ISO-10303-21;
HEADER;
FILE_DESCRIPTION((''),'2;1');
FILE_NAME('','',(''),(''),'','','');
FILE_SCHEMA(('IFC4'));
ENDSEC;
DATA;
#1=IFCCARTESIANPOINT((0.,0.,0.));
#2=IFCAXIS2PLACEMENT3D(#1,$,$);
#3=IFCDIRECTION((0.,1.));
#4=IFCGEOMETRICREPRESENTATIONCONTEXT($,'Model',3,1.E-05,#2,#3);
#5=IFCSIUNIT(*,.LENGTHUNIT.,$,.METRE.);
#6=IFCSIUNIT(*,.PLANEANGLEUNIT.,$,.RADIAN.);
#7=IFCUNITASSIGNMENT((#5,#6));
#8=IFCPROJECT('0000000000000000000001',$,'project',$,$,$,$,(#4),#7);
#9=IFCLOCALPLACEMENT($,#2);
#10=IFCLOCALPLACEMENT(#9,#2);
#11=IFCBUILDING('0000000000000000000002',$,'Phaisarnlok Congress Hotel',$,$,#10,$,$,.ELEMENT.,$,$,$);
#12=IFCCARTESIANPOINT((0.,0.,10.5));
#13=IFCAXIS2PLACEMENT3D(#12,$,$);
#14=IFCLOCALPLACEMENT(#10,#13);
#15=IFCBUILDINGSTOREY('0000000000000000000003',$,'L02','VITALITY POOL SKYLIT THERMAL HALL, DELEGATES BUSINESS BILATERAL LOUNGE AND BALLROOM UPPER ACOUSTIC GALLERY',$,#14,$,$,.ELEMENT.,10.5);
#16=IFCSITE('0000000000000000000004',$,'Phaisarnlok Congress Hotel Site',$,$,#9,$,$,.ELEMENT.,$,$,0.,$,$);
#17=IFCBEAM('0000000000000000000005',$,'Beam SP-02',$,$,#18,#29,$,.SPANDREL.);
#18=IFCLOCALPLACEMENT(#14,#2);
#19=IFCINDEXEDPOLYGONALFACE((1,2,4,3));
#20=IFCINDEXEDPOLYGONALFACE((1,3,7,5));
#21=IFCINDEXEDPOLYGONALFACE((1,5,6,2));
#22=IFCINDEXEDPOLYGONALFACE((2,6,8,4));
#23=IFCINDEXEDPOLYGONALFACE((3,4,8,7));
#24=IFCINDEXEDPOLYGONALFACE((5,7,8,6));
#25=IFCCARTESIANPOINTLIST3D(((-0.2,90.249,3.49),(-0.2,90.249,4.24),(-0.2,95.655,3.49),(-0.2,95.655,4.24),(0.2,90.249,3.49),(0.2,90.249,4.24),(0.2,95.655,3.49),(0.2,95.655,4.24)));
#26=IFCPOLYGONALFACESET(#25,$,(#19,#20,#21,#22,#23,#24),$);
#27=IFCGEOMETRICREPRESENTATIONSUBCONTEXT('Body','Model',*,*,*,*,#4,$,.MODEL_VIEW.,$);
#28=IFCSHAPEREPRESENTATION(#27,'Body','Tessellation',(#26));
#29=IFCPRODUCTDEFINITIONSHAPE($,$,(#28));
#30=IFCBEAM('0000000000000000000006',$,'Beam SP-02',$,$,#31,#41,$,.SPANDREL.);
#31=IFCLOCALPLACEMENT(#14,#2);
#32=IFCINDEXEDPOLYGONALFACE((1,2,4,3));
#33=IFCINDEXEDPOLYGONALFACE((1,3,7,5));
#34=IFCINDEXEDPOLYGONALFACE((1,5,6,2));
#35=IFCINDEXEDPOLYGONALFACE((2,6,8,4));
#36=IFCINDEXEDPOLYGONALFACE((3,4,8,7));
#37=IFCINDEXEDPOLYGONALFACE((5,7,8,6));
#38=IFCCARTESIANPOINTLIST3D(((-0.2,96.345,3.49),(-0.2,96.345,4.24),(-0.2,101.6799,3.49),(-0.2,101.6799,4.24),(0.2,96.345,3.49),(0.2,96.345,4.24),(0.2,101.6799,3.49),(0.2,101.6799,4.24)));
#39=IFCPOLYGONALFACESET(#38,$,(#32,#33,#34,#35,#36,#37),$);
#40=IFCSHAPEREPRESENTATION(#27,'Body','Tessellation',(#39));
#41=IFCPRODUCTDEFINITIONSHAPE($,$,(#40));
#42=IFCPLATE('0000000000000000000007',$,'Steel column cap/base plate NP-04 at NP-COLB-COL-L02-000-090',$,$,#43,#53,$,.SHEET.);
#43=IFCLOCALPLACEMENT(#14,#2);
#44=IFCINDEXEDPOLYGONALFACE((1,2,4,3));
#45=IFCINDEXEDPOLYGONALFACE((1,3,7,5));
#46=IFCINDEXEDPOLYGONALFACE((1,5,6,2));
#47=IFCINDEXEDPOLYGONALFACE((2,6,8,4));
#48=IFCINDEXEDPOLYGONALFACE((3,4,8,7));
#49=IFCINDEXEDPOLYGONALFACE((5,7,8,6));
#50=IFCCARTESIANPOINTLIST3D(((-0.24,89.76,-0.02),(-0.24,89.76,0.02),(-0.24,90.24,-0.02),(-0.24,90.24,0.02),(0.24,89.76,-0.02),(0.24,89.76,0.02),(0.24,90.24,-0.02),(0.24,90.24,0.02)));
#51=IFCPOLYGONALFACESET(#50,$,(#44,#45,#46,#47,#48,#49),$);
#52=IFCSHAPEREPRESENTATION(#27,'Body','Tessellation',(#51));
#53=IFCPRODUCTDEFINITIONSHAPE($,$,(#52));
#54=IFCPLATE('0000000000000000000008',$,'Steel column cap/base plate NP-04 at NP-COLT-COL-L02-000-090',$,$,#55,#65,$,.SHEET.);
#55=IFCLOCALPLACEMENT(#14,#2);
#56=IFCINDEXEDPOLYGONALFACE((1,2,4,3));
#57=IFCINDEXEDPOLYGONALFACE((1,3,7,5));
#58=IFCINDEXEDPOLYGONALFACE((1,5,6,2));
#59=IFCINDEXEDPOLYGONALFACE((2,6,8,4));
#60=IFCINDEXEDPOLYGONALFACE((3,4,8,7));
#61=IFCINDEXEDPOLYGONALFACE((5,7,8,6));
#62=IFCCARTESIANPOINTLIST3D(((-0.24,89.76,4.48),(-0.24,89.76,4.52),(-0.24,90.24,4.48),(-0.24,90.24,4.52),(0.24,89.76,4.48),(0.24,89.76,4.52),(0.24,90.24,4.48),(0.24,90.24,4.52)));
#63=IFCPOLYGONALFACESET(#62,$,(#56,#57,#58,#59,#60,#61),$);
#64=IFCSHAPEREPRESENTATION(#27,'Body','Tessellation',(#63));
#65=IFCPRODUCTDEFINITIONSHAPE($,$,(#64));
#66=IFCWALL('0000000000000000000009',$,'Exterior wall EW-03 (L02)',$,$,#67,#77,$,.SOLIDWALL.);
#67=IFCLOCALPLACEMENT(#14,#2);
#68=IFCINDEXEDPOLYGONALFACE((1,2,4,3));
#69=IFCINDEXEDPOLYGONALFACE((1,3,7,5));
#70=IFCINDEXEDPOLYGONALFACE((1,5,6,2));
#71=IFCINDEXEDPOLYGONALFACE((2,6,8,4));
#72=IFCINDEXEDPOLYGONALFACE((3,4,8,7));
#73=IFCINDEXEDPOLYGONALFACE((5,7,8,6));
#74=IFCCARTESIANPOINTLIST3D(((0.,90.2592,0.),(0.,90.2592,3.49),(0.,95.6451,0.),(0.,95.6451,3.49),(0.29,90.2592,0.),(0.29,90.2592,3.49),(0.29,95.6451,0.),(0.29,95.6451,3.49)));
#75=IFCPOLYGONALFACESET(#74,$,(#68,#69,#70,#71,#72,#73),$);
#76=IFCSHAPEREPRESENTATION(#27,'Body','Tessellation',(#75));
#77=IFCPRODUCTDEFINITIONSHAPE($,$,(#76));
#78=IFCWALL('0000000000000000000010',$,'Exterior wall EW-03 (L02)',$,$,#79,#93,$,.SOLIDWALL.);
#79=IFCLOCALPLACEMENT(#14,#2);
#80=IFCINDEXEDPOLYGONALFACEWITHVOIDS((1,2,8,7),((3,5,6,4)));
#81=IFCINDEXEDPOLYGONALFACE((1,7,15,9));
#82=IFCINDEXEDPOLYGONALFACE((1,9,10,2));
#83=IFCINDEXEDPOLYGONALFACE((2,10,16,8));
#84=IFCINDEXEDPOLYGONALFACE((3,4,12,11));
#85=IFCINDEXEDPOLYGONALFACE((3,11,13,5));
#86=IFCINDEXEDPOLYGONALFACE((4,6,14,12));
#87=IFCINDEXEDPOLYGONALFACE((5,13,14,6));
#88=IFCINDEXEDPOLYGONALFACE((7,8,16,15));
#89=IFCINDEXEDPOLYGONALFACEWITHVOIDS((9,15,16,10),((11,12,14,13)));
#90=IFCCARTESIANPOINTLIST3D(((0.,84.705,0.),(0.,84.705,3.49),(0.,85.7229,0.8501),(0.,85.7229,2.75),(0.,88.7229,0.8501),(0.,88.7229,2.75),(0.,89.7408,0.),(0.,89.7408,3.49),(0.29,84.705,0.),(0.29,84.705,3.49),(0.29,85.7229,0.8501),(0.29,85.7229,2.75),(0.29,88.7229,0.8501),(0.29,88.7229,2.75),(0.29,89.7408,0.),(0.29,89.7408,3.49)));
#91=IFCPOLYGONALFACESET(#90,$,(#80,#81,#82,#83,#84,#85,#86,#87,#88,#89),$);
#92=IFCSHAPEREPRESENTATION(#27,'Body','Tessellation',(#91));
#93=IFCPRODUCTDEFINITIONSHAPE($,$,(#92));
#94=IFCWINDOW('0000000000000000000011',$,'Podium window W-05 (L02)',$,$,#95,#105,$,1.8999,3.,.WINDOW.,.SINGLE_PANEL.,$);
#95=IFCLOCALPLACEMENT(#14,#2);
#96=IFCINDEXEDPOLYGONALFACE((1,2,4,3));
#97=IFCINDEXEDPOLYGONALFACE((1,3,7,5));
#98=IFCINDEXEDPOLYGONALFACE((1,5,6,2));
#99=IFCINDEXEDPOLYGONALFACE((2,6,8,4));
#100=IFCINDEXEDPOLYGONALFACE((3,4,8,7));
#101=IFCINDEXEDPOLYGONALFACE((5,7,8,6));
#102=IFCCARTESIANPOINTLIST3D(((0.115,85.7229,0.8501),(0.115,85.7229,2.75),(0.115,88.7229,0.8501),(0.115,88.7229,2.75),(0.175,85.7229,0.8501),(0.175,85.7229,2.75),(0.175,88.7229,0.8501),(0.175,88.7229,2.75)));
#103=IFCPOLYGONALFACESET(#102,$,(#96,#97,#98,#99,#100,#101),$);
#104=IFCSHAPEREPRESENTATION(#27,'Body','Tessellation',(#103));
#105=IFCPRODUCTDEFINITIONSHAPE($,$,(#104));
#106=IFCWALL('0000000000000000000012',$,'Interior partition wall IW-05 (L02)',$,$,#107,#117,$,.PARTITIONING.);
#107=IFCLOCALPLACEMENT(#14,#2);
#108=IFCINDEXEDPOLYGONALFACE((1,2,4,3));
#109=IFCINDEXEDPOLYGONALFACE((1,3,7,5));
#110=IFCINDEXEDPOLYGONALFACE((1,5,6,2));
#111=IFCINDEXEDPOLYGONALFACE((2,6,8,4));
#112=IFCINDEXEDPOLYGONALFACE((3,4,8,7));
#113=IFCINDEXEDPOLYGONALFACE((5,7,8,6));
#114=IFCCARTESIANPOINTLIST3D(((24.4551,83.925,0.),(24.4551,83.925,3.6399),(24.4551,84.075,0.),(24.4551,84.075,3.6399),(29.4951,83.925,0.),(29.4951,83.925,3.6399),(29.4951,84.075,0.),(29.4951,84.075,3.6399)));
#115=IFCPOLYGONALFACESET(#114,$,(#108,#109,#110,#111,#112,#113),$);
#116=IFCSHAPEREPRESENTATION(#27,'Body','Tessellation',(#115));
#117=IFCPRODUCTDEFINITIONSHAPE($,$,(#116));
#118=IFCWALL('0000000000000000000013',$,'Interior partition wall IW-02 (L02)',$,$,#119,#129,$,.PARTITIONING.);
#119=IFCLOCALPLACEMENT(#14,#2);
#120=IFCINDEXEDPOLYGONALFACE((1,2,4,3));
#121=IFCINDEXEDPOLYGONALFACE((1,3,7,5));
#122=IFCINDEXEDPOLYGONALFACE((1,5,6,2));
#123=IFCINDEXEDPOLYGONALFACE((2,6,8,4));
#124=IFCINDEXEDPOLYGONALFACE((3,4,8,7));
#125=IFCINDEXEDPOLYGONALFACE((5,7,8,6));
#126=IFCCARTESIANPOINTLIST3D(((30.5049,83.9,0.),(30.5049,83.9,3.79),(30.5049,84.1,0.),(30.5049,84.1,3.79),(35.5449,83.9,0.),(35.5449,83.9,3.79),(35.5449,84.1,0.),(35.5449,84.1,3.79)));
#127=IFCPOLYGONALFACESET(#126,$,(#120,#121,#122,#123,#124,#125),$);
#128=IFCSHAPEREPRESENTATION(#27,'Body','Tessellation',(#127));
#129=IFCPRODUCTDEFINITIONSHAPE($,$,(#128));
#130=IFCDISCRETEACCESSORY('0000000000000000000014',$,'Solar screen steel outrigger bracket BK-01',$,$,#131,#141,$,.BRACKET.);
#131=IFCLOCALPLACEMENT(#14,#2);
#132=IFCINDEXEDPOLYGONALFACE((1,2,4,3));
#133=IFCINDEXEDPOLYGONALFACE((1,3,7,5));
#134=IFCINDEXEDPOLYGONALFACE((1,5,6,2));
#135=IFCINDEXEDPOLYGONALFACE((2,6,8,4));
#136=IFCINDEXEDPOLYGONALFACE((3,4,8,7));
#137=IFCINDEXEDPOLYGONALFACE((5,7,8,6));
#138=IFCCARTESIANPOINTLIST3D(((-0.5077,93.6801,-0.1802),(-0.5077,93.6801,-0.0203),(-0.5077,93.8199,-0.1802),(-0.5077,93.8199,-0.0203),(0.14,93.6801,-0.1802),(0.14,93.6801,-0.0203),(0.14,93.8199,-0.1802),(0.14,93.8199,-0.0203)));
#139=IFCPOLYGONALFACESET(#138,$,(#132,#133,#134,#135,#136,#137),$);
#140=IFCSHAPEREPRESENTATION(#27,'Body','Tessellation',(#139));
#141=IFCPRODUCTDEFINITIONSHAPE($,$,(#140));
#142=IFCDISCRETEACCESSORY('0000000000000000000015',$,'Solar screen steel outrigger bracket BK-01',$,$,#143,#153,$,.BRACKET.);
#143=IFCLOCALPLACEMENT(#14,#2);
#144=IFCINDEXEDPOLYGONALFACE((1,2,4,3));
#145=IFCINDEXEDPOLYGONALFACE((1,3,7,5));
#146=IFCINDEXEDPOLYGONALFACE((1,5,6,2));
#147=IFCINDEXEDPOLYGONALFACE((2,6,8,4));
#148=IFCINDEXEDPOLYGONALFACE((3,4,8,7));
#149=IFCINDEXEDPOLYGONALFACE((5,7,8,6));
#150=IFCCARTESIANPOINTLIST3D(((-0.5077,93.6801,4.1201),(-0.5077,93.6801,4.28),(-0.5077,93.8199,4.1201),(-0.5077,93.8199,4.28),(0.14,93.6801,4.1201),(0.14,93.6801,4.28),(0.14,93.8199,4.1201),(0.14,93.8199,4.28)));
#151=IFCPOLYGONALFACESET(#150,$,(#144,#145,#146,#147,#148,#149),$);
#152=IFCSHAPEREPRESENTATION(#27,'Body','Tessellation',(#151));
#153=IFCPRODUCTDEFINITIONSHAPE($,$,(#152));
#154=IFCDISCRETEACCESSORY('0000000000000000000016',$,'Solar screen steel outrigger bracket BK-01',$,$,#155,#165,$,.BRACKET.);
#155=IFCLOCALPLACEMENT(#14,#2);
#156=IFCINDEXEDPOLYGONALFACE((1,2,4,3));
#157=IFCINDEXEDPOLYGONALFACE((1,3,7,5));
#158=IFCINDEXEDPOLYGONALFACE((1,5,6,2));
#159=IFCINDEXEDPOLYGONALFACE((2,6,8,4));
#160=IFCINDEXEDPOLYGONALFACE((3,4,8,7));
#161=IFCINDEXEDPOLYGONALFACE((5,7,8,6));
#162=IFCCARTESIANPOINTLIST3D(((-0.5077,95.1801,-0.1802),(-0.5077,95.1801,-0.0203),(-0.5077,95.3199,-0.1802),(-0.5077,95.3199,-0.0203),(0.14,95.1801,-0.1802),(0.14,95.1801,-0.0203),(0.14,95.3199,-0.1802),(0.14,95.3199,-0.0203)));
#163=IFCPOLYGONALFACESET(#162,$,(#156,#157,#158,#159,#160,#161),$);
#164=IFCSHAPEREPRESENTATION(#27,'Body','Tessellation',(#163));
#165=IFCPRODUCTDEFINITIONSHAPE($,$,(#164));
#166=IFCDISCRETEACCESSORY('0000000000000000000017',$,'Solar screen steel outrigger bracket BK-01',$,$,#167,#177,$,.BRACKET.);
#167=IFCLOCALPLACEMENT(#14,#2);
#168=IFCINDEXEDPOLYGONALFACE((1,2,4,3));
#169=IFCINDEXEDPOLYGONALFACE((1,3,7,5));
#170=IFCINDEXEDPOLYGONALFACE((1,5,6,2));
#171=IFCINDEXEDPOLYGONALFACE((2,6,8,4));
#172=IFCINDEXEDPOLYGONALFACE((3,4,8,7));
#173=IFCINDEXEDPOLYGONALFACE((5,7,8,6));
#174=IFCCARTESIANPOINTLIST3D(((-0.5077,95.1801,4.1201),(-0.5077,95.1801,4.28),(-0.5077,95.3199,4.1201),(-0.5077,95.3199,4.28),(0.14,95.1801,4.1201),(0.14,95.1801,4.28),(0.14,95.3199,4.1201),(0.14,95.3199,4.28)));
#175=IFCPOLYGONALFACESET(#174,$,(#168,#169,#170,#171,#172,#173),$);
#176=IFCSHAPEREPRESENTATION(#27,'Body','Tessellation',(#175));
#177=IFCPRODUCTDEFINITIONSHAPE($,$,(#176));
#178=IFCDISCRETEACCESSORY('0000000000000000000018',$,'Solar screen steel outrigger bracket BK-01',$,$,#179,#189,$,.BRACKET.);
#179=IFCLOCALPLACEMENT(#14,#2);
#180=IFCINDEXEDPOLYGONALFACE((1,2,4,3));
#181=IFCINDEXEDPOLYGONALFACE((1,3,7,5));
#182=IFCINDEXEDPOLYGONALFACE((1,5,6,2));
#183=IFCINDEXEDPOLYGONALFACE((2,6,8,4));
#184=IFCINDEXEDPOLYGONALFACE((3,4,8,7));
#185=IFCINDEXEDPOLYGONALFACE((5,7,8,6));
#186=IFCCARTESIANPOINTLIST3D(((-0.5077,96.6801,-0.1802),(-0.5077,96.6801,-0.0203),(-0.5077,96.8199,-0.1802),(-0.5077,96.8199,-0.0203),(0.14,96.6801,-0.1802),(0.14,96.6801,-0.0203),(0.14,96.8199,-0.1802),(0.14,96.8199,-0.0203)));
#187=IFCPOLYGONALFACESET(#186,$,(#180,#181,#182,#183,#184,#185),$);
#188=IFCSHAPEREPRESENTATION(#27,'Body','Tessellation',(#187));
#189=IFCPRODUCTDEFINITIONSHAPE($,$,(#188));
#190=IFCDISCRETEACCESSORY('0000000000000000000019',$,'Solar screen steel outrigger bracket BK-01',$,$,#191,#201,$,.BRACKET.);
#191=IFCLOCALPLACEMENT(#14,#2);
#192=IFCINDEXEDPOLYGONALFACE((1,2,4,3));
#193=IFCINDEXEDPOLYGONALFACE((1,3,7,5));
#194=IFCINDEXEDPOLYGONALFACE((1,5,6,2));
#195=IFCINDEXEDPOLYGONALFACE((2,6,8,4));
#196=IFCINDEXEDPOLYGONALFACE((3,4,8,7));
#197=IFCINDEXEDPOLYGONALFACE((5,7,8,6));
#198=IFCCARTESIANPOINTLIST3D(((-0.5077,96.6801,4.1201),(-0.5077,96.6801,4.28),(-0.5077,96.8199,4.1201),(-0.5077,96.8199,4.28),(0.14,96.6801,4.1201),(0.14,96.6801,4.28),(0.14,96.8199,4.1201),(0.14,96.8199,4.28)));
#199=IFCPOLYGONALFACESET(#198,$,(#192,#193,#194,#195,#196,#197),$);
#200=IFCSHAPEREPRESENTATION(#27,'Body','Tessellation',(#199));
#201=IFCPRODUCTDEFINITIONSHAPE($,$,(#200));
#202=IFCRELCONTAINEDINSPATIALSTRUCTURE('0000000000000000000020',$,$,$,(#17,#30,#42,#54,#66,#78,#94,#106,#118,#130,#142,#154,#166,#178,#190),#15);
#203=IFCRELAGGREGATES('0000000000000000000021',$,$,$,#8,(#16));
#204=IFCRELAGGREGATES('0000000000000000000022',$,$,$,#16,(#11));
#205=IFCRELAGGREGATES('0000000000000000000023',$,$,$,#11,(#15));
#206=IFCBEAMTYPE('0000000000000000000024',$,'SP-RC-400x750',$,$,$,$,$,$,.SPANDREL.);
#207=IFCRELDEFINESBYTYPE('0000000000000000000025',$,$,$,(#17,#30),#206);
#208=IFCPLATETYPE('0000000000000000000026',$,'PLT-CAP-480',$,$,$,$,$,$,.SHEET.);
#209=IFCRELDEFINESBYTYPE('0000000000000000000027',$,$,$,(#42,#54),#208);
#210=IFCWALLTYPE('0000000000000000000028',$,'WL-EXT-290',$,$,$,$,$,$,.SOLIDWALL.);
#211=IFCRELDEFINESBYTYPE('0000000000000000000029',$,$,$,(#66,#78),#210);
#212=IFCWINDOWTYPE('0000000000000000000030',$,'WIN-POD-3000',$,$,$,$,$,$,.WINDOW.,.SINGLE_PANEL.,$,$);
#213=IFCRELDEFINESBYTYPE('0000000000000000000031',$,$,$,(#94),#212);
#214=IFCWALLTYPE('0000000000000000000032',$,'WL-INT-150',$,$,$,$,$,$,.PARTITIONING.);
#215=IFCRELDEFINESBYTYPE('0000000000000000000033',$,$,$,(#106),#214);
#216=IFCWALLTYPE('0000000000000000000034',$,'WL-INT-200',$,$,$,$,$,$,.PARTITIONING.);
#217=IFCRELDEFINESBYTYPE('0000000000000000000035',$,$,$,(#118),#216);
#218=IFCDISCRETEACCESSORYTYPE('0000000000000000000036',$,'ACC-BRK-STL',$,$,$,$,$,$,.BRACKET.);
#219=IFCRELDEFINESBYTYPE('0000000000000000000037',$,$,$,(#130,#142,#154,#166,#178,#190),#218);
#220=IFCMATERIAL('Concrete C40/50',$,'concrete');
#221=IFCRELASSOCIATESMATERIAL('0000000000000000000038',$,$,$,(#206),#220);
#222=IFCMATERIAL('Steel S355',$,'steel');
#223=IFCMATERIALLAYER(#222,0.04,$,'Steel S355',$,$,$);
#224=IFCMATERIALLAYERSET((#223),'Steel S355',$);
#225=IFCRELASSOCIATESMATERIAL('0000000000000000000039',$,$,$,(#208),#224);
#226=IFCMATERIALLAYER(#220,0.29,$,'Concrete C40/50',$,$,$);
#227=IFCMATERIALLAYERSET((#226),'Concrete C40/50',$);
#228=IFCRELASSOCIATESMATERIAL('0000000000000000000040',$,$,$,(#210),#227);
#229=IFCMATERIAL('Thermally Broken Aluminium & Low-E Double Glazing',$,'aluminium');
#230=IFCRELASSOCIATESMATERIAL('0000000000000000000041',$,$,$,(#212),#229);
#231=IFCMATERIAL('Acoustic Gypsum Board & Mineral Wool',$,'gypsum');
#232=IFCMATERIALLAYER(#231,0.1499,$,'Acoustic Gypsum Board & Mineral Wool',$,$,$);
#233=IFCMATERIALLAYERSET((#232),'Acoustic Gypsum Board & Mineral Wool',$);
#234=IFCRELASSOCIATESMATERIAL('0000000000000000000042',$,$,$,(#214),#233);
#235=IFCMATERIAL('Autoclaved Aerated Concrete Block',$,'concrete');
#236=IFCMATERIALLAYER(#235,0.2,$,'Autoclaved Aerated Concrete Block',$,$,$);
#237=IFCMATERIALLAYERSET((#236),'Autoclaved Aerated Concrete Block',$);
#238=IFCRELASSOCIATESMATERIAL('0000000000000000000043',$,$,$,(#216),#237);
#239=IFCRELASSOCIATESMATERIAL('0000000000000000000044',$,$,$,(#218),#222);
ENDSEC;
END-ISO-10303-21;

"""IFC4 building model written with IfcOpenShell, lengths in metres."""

from ifc_helpers import new_model, si_unit, direction, frame, frame_2d, origin, origin_2d, place, context, subcontext, project, spatial, rectangle, extrude, material, layer, layer_set, material_profile, profile_set, type_object, element, fill, save


model = new_model("IFC4")

# Units and contexts
model_context = context("Model", 3, precision=1e-05, world=origin(), true_north=direction((0.0, 1.0)))
body_context = subcontext(model_context, "Body", "Model", "MODEL_VIEW")
ifc_project = project(units=[si_unit("LENGTHUNIT", "METRE"), si_unit("PLANEANGLEUNIT", "RADIAN")], contexts=[model_context])

# Site, building, storey
site_placement = place(None, origin())
site = spatial("IfcSite", under=ifc_project, at=site_placement, Name="Phaisarnlok Congress Hotel Site", CompositionType="ELEMENT", RefElevation=0.0)
building_placement = place(site_placement, origin())
building = spatial("IfcBuilding", under=site, at=building_placement, Name="Phaisarnlok Congress Hotel", CompositionType="ELEMENT")
storey_placement = place(building_placement, frame((0.0, 0.0, 10.5)))
storey = spatial("IfcBuildingStorey", under=building, at=storey_placement, Name="L02", Description="VITALITY POOL SKYLIT THERMAL HALL, DELEGATES BUSINESS BILATERAL LOUNGE AND BALLROOM UPPER ACOUSTIC GALLERY", CompositionType="ELEMENT", Elevation=10.5)

# Shared definitions
ifc_material_1 = material(Name="Steel S355", Category="steel")

# Beams
ifc_material_2 = material(Name="Concrete C40/50", Category="concrete")
ifc_material_profile_1 = material_profile(ifc_material_2, rectangle(XDim=0.3999, YDim=0.75, at=origin_2d()), Name="RC 400x750")
ifc_profile_set_1 = profile_set([ifc_material_profile_1], Name="Concrete C40/50")
beam_type_1 = type_object("IfcBeamType", Name="SP-RC-400x750", PredefinedType="SPANDREL", material=ifc_profile_set_1)
beam_1_placement = place(storey_placement, frame((0.0, 90.249, 3.865), z_axis=(0.0, 1.0, 0.0), x_axis=(-1.0, 0.0, 0.0)))
element("IfcBeam", 1, at=beam_1_placement, inside=storey, type_object=beam_type_1, Name="Beam SP-02", PredefinedType="SPANDREL", context=body_context, shape_type="SweptSolid", body=[
    extrude(rectangle(XDim=0.3999, YDim=0.75, at=origin_2d()), origin(), (0.0, 0.0, 1.0), 5.406),
])
beam_2_placement = place(storey_placement, frame((0.0, 96.345, 3.865), z_axis=(0.0, 1.0, 0.0), x_axis=(-1.0, 0.0, 0.0)))
element("IfcBeam", 2, at=beam_2_placement, inside=storey, type_object=beam_type_1, Name="Beam SP-02", PredefinedType="SPANDREL", context=body_context, shape_type="SweptSolid", body=[
    extrude(rectangle(XDim=0.3999, YDim=0.75, at=origin_2d()), origin(), (0.0, 0.0, 1.0), 5.335),
])

# Plates
ifc_layer_1 = layer(ifc_material_1, 0.04, Name="Steel S355")
ifc_layer_set_1 = layer_set([ifc_layer_1], Name="Steel S355")
plate_type = type_object("IfcPlateType", Name="PLT-CAP-480", PredefinedType="SHEET", material=ifc_layer_set_1)
for number, where, z_axis, x_axis, name in (
    (3, (0.0, 90.0, -0.02), (0.0, 0.0, 1.0), (1.0, 0.0, 0.0), "Steel column cap/base plate NP-04 at NP-COLB-COL-L02-000-090"),
    (4, (0.0, 90.0, 4.48), (0.0, 0.0, 1.0), (1.0, 0.0, 0.0), "Steel column cap/base plate NP-04 at NP-COLT-COL-L02-000-090"),
):
    element("IfcPlate", number, at=place(storey_placement, frame(where, z_axis=z_axis, x_axis=x_axis)), inside=storey, type_object=plate_type, Name=name, PredefinedType="SHEET", context=body_context, shape_type="SweptSolid", body=[
        extrude(rectangle(XDim=0.48, YDim=0.48, at=origin_2d()), origin(), (0.0, 0.0, 1.0), 0.04),
    ])

# Wall
ifc_layer_2 = layer(ifc_material_2, 0.29, Name="Concrete C40/50")
ifc_layer_set_2 = layer_set([ifc_layer_2], Name="Concrete C40/50")
wall_type_1 = type_object("IfcWallType", Name="WL-EXT-290", PredefinedType="SOLIDWALL", material=ifc_layer_set_2)
wall_1_placement = place(storey_placement, frame((0.145, 95.645, 0.0), z_axis=(0.0, 0.0, 1.0), x_axis=(0.0, -1.0, 0.0)))
element("IfcWall", 5, at=wall_1_placement, inside=storey, type_object=wall_type_1, Name="Exterior wall EW-03 (L02)", PredefinedType="SOLIDWALL", context=body_context, shape_type="SweptSolid", body=[
    extrude(rectangle(XDim=5.386, YDim=0.29, at=frame_2d((2.6929, 0.0))), origin(), (0.0, 0.0, 1.0), 3.49),
])

# Wall, opening, window
wall_2_placement = place(storey_placement, frame((0.145, 89.741, 0.0), z_axis=(0.0, 0.0, 1.0), x_axis=(0.0, -1.0, 0.0)))
wall_2 = element("IfcWall", 6, at=wall_2_placement, inside=storey, type_object=wall_type_1, Name="Exterior wall EW-03 (L02)", PredefinedType="SOLIDWALL", context=body_context, shape_type="SweptSolid", body=[
    extrude(rectangle(XDim=5.0359, YDim=0.29, at=frame_2d((2.5181, 0.0))), origin(), (0.0, 0.0, 1.0), 3.49),
])
opening_placement = place(wall_2_placement, frame((1.0181, 0.0, 0.8501)))
opening = element("IfcOpeningElement", 7, at=opening_placement, cuts=wall_2, PredefinedType="OPENING", context=body_context, shape_type="SweptSolid", body=[
    extrude(rectangle(XDim=3.0, YDim=1.8999, at=frame_2d((1.5, 0.95))), frame((0.0, 0.155, 0.0), z_axis=(0.0, -1.0, 0.0), x_axis=(1.0, 0.0, 0.0)), (0.0, 0.0, 1.0), 0.3101),
])
ifc_material_3 = material(Name="Thermally Broken Aluminium & Low-E Double Glazing", Category="aluminium")
window_type = type_object("IfcWindowType", Name="WIN-POD-3000", PartitioningType="SINGLE_PANEL", PredefinedType="WINDOW", material=ifc_material_3)
window_placement = place(opening_placement, origin())
window = element("IfcWindow", 8, at=window_placement, inside=storey, type_object=window_type, Name="Podium window W-05 (L02)", OverallHeight=1.8999, OverallWidth=3.0, PartitioningType="SINGLE_PANEL", PredefinedType="WINDOW", context=body_context, shape_type="SweptSolid", body=[
    extrude(rectangle(XDim=3.0, YDim=1.8999, at=frame_2d((1.5, 0.95))), frame((0.0, 0.03, 0.0), z_axis=(0.0, -1.0, 0.0), x_axis=(1.0, 0.0, 0.0)), (0.0, 0.0, 1.0), 0.0601),
])
fill(opening, window)

# Walls
ifc_material_4 = material(Name="Acoustic Gypsum Board & Mineral Wool", Category="gypsum")
ifc_layer_3 = layer(ifc_material_4, 0.1499, Name="Acoustic Gypsum Board & Mineral Wool")
ifc_layer_set_3 = layer_set([ifc_layer_3], Name="Acoustic Gypsum Board & Mineral Wool")
wall_type_2 = type_object("IfcWallType", Name="WL-INT-150", PredefinedType="PARTITIONING", material=ifc_layer_set_3)
wall_3_placement = place(storey_placement, frame((24.4551, 84.0, 0.0), z_axis=(0.0, 0.0, 1.0), x_axis=(1.0, 0.0, 0.0)))
element("IfcWall", 9, at=wall_3_placement, inside=storey, type_object=wall_type_2, Name="Interior partition wall IW-05 (L02)", PredefinedType="PARTITIONING", context=body_context, shape_type="SweptSolid", body=[
    extrude(rectangle(XDim=5.04, YDim=0.1499, at=frame_2d((2.52, 0.0))), origin(), (0.0, 0.0, 1.0), 3.6399),
])
ifc_material_5 = material(Name="Autoclaved Aerated Concrete Block", Category="concrete")
ifc_layer_4 = layer(ifc_material_5, 0.2, Name="Autoclaved Aerated Concrete Block")
ifc_layer_set_4 = layer_set([ifc_layer_4], Name="Autoclaved Aerated Concrete Block")
wall_type_3 = type_object("IfcWallType", Name="WL-INT-200", PredefinedType="PARTITIONING", material=ifc_layer_set_4)
wall_4_placement = place(storey_placement, frame((30.5049, 84.0, 0.0), z_axis=(0.0, 0.0, 1.0), x_axis=(1.0, 0.0, 0.0)))
element("IfcWall", 10, at=wall_4_placement, inside=storey, type_object=wall_type_3, Name="Interior partition wall IW-02 (L02)", PredefinedType="PARTITIONING", context=body_context, shape_type="SweptSolid", body=[
    extrude(rectangle(XDim=5.04, YDim=0.2, at=frame_2d((2.52, 0.0))), origin(), (0.0, 0.0, 1.0), 3.79),
])

# Discrete accessories
discrete_accessory_type = type_object("IfcDiscreteAccessoryType", Name="ACC-BRK-STL", PredefinedType="BRACKET", material=ifc_material_1)
for number, where, z_axis, x_axis, name in (
    (11, (-0.1838, 93.75, -0.1802), (0.0, 0.0, 1.0), (1.0, 0.0, 0.0), "Solar screen steel outrigger bracket BK-01"),
    (12, (-0.1838, 93.75, 4.1201), (0.0, 0.0, 1.0), (1.0, 0.0, 0.0), "Solar screen steel outrigger bracket BK-01"),
    (13, (-0.1838, 95.25, -0.1802), (0.0, 0.0, 1.0), (1.0, 0.0, 0.0), "Solar screen steel outrigger bracket BK-01"),
    (14, (-0.1838, 95.25, 4.1201), (0.0, 0.0, 1.0), (1.0, 0.0, 0.0), "Solar screen steel outrigger bracket BK-01"),
    (15, (-0.1838, 96.75, -0.1802), (0.0, 0.0, 1.0), (1.0, 0.0, 0.0), "Solar screen steel outrigger bracket BK-01"),
    (16, (-0.1838, 96.75, 4.1201), (0.0, 0.0, 1.0), (1.0, 0.0, 0.0), "Solar screen steel outrigger bracket BK-01"),
):
    element("IfcDiscreteAccessory", number, at=place(storey_placement, frame(where, z_axis=z_axis, x_axis=x_axis)), inside=storey, type_object=discrete_accessory_type, Name=name, PredefinedType="BRACKET", context=body_context, shape_type="SweptSolid", body=[
        extrude(rectangle(XDim=0.6477, YDim=0.1399, at=origin_2d()), origin(), (0.0, 0.0, 1.0), 0.1599),
    ])

save(model, "model.ifc")
